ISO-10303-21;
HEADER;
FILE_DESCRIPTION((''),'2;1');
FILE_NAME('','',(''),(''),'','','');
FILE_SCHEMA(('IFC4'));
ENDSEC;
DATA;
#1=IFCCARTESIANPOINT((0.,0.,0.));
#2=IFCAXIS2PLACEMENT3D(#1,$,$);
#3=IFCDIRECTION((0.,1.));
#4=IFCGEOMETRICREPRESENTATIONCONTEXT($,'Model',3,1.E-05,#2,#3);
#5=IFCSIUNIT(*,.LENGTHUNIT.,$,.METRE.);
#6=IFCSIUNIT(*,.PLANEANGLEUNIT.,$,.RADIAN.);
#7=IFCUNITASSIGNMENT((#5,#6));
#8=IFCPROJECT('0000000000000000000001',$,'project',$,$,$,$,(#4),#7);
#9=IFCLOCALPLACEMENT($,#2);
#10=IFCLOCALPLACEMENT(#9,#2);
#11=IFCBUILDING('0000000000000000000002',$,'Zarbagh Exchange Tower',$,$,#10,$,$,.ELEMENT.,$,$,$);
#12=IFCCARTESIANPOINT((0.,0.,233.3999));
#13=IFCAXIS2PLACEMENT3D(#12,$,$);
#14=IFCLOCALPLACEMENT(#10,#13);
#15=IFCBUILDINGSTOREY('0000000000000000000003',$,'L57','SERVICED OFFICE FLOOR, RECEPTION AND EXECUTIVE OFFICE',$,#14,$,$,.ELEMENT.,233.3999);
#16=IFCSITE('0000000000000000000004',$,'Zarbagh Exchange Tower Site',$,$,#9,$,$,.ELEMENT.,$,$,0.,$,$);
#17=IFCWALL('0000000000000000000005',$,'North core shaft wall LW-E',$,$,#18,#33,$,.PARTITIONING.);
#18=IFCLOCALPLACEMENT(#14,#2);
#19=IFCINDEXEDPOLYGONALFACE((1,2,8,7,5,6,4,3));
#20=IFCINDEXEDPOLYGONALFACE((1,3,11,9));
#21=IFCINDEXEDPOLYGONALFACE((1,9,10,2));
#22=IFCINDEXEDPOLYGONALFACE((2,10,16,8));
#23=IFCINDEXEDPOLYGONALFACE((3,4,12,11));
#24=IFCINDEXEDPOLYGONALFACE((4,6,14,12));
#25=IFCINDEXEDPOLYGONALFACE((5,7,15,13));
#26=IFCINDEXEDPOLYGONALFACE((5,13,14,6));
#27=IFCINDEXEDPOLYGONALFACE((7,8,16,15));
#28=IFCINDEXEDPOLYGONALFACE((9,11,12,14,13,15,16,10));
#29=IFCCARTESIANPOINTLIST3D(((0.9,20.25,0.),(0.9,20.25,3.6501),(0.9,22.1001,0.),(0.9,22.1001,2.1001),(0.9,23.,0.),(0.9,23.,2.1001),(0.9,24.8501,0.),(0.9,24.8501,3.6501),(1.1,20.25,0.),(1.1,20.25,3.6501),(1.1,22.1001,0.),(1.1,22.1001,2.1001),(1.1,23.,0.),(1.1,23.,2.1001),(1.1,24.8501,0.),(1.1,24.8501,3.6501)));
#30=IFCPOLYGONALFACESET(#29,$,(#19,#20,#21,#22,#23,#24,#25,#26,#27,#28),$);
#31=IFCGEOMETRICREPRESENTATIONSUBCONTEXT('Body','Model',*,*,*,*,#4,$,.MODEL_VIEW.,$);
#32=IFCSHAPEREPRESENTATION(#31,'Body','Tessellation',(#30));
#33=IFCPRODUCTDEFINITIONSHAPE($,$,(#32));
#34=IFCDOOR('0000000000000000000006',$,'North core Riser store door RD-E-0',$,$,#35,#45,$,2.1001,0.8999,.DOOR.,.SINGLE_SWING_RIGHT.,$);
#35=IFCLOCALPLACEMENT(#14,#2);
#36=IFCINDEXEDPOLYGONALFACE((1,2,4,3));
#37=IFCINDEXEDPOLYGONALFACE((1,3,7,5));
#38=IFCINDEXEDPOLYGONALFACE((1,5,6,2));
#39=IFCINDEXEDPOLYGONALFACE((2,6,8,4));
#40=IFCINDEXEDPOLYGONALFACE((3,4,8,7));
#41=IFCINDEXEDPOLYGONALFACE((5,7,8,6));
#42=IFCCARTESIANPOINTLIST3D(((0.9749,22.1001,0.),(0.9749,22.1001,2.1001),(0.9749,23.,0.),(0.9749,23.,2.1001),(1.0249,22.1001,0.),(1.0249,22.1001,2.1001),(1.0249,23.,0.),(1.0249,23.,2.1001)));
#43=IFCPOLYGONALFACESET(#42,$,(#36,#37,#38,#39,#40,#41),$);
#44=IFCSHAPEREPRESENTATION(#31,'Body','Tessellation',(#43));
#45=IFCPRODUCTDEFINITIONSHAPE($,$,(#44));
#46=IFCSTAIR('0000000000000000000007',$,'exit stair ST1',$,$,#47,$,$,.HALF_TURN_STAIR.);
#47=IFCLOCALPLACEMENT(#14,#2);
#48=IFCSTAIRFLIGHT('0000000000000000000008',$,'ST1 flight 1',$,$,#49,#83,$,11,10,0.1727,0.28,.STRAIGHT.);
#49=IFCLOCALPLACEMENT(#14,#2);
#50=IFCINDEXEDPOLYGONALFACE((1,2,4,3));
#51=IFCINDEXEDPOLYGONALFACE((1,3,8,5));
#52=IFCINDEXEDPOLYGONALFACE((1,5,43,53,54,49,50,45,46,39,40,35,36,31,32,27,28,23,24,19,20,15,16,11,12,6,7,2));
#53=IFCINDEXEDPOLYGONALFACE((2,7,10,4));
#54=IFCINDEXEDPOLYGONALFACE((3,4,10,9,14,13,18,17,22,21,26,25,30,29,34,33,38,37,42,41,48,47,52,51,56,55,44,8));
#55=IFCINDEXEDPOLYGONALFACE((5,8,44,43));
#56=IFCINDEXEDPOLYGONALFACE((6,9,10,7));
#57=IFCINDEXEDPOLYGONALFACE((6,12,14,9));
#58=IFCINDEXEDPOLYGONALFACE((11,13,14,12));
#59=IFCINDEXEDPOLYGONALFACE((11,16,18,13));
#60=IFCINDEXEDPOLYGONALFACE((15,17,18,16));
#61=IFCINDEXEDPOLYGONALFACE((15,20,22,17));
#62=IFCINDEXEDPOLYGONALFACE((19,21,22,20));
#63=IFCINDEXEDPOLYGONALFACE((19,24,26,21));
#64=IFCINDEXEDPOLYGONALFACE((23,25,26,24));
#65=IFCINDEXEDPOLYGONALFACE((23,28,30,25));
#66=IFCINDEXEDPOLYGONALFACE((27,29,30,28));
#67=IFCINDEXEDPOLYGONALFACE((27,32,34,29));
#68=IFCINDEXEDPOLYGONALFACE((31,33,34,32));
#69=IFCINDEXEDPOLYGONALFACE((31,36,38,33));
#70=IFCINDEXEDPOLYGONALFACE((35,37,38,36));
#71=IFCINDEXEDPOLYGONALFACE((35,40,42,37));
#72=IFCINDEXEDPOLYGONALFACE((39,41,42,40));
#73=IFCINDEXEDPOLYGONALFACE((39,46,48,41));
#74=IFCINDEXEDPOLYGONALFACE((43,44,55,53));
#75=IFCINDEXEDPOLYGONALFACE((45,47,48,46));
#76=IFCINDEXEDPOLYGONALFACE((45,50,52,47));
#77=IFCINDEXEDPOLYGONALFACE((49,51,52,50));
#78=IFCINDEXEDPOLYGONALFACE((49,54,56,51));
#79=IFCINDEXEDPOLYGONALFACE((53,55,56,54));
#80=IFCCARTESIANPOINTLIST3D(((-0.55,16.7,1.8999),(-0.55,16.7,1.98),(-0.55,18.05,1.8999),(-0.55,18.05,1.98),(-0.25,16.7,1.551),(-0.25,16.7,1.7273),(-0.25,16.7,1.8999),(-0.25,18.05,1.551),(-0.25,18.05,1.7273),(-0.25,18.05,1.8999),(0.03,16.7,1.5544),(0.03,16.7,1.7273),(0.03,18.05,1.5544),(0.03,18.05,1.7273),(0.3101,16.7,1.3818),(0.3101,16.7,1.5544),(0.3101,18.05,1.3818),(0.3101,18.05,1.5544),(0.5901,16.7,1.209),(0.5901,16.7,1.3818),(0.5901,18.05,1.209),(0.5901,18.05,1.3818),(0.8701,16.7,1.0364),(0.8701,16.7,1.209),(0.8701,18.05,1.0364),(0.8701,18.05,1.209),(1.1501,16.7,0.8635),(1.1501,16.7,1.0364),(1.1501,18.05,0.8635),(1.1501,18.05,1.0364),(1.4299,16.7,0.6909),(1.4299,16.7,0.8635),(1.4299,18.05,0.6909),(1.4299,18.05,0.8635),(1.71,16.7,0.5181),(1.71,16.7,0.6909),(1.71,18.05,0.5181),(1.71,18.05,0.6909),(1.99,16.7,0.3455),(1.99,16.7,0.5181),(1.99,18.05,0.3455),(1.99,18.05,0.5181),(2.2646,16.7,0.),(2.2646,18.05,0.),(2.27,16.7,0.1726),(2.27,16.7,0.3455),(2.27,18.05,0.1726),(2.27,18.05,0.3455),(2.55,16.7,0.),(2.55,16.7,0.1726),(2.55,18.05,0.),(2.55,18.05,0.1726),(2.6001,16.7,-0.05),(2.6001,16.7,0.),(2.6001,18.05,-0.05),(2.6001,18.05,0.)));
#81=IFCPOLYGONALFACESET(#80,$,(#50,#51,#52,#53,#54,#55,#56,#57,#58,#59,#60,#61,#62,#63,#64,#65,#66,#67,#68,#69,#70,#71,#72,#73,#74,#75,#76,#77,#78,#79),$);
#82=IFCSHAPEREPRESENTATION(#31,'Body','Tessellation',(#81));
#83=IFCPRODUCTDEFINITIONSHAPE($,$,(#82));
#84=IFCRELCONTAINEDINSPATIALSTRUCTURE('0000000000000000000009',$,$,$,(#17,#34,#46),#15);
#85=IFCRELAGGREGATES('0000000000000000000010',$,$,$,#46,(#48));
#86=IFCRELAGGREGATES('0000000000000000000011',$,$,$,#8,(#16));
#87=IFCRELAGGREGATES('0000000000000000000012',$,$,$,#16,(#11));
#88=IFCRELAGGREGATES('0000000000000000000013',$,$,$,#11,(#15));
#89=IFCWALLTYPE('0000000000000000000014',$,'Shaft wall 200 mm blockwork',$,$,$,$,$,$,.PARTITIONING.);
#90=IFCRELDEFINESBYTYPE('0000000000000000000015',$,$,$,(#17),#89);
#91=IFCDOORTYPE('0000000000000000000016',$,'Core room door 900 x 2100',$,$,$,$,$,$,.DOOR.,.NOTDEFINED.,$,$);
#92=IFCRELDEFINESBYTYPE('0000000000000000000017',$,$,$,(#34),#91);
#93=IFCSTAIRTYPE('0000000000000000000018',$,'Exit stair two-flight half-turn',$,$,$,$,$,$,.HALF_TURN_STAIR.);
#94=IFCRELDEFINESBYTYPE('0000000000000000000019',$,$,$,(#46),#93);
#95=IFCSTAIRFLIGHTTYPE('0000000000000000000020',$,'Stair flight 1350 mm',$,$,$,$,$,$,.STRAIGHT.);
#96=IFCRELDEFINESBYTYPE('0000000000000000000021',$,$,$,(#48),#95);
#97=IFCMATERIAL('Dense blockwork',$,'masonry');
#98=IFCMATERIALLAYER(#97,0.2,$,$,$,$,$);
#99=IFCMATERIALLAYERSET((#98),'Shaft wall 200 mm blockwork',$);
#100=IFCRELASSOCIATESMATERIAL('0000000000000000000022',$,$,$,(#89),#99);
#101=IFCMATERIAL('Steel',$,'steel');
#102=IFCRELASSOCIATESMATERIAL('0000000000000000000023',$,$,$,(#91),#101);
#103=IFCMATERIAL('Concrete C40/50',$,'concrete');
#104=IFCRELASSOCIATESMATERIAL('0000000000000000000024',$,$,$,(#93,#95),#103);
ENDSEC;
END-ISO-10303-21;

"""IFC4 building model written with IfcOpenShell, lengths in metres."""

from ifc_helpers import new_model, si_unit, direction, frame, frame_2d, origin, place, context, subcontext, project, spatial, polyline, rectangle, outline, extrude, material, layer, layer_set, type_object, element, fill, aggregate, save


model = new_model("IFC4")

# Units and contexts
model_context = context("Model", 3, precision=1e-05, world=origin(), true_north=direction((0.0, 1.0)))
body_context = subcontext(model_context, "Body", "Model", "MODEL_VIEW")
ifc_project = project(units=[si_unit("LENGTHUNIT", "METRE"), si_unit("PLANEANGLEUNIT", "RADIAN")], contexts=[model_context])

# Site, building, storey
site_placement = place(None, origin())
site = spatial("IfcSite", under=ifc_project, at=site_placement, Name="Zarbagh Exchange Tower Site", CompositionType="ELEMENT", RefElevation=0.0)
building_placement = place(site_placement, origin())
building = spatial("IfcBuilding", under=site, at=building_placement, Name="Zarbagh Exchange Tower", CompositionType="ELEMENT")
storey_placement = place(building_placement, frame((0.0, 0.0, 233.3999)))
storey = spatial("IfcBuildingStorey", under=building, at=storey_placement, Name="L57", Description="SERVICED OFFICE FLOOR, RECEPTION AND EXECUTIVE OFFICE", CompositionType="ELEMENT", Elevation=233.3999)

# Shared definitions
ifc_material_1 = material(Name="Steel", Category="steel")

# Wall, opening, door
ifc_material_2 = material(Name="Dense blockwork", Category="masonry")
ifc_layer_1 = layer(ifc_material_2, 0.2)
ifc_layer_set_1 = layer_set([ifc_layer_1], Name="Shaft wall 200 mm blockwork")
wall_type_1 = type_object("IfcWallType", Name="Shaft wall 200 mm blockwork", PredefinedType="PARTITIONING", material=ifc_layer_set_1)
wall_1_placement = place(storey_placement, frame((1.0, 24.8501, 0.0), z_axis=(0.0, 0.0, 1.0), x_axis=(0.0, -1.0, 0.0)))
wall_1 = element("IfcWall", 1, at=wall_1_placement, inside=storey, type_object=wall_type_1, Name="North core shaft wall LW-E", PredefinedType="PARTITIONING", context=body_context, shape_type="SweptSolid", body=[
    extrude(rectangle(XDim=4.6001, YDim=0.2, at=frame_2d((2.3, 0.0))), origin(), (0.0, 0.0, 1.0), 3.6501),
])
opening_1_placement = place(wall_1_placement, frame((1.8501, 0.0, 0.0)))
opening_1 = element("IfcOpeningElement", 2, at=opening_1_placement, cuts=wall_1, PredefinedType="OPENING", context=body_context, shape_type="SweptSolid", body=[
    extrude(rectangle(XDim=0.8999, YDim=2.1001, at=frame_2d((0.45, 1.05))), frame((0.0, 0.1099, 0.0), z_axis=(0.0, -1.0, 0.0), x_axis=(1.0, 0.0, 0.0)), (0.0, 0.0, 1.0), 0.22),
])
door_type_1 = type_object("IfcDoorType", Name="Core room door 900 x 2100", OperationType="NOTDEFINED", PredefinedType="DOOR", material=ifc_material_1)
door_1_placement = place(opening_1_placement, origin())
door_1 = element("IfcDoor", 3, at=door_1_placement, inside=storey, type_object=door_type_1, Name="North core Riser store door RD-E-0", OperationType="SINGLE_SWING_RIGHT", OverallHeight=2.1001, OverallWidth=0.8999, PredefinedType="DOOR", context=body_context, shape_type="SweptSolid", body=[
    extrude(rectangle(XDim=0.8999, YDim=2.1001, at=frame_2d((0.45, 1.05))), frame((0.0, 0.0249, 0.0), z_axis=(0.0, -1.0, 0.0), x_axis=(1.0, 0.0, 0.0)), (0.0, 0.0, 1.0), 0.05),
])
fill(opening_1, door_1)

# Stair, stair flight
ifc_material_3 = material(Name="Concrete C40/50", Category="concrete")
stair_type = type_object("IfcStairType", Name="Exit stair two-flight half-turn", PredefinedType="HALF_TURN_STAIR", material=ifc_material_3)
stair_placement = place(storey_placement, origin())
stair = element("IfcStair", 4, at=stair_placement, inside=storey, type_object=stair_type, Name="exit stair ST1", PredefinedType="HALF_TURN_STAIR")
stair_flight_type = type_object("IfcStairFlightType", Name="Stair flight 1350 mm", PredefinedType="STRAIGHT", material=ifc_material_3)
stair_flight_placement = place(storey_placement, frame((2.55, 17.375, 0.0), z_axis=(0.0, 0.0, 1.0), x_axis=(-1.0, 0.0, 0.0)))
stair_flight = element("IfcStairFlight", 5, at=stair_flight_placement, type_object=stair_flight_type, Name="ST1 flight 1", NumberOfRisers=11, NumberOfTreads=10, PredefinedType="STRAIGHT", RiserHeight=0.1727, TreadLength=0.28, context=body_context, shape_type="SweptSolid", body=[
    extrude(outline(polyline([(-0.05, -0.05), (-0.05, 0.0), (0.0, 0.0), (0.0, 0.1726), (0.28, 0.1726), (0.28, 0.3455), (0.5601, 0.3455), (0.5601, 0.5181), (0.8401, 0.5181), (0.8401, 0.6909), (1.1201, 0.6909), (1.1201, 0.8635), (1.3999, 0.8635), (1.3999, 1.0364), (1.6799, 1.0364), (1.6799, 1.209), (1.96, 1.209), (1.96, 1.3818), (2.24, 1.3818), (2.24, 1.5544), (2.52, 1.5544), (2.52, 1.7273), (2.8, 1.7273), (2.8, 1.8999), (3.1001, 1.98), (3.1001, 1.8999), (2.8, 1.551), (0.2854, 0.0), (-0.05, -0.05)])), frame((0.0, 0.675, 0.0), z_axis=(0.0, -1.0, 0.0), x_axis=(1.0, 0.0, 0.0)), (0.0, 0.0, 1.0), 1.3501),
])
aggregate(stair, [stair_flight])

save(model, "model.ifc")
